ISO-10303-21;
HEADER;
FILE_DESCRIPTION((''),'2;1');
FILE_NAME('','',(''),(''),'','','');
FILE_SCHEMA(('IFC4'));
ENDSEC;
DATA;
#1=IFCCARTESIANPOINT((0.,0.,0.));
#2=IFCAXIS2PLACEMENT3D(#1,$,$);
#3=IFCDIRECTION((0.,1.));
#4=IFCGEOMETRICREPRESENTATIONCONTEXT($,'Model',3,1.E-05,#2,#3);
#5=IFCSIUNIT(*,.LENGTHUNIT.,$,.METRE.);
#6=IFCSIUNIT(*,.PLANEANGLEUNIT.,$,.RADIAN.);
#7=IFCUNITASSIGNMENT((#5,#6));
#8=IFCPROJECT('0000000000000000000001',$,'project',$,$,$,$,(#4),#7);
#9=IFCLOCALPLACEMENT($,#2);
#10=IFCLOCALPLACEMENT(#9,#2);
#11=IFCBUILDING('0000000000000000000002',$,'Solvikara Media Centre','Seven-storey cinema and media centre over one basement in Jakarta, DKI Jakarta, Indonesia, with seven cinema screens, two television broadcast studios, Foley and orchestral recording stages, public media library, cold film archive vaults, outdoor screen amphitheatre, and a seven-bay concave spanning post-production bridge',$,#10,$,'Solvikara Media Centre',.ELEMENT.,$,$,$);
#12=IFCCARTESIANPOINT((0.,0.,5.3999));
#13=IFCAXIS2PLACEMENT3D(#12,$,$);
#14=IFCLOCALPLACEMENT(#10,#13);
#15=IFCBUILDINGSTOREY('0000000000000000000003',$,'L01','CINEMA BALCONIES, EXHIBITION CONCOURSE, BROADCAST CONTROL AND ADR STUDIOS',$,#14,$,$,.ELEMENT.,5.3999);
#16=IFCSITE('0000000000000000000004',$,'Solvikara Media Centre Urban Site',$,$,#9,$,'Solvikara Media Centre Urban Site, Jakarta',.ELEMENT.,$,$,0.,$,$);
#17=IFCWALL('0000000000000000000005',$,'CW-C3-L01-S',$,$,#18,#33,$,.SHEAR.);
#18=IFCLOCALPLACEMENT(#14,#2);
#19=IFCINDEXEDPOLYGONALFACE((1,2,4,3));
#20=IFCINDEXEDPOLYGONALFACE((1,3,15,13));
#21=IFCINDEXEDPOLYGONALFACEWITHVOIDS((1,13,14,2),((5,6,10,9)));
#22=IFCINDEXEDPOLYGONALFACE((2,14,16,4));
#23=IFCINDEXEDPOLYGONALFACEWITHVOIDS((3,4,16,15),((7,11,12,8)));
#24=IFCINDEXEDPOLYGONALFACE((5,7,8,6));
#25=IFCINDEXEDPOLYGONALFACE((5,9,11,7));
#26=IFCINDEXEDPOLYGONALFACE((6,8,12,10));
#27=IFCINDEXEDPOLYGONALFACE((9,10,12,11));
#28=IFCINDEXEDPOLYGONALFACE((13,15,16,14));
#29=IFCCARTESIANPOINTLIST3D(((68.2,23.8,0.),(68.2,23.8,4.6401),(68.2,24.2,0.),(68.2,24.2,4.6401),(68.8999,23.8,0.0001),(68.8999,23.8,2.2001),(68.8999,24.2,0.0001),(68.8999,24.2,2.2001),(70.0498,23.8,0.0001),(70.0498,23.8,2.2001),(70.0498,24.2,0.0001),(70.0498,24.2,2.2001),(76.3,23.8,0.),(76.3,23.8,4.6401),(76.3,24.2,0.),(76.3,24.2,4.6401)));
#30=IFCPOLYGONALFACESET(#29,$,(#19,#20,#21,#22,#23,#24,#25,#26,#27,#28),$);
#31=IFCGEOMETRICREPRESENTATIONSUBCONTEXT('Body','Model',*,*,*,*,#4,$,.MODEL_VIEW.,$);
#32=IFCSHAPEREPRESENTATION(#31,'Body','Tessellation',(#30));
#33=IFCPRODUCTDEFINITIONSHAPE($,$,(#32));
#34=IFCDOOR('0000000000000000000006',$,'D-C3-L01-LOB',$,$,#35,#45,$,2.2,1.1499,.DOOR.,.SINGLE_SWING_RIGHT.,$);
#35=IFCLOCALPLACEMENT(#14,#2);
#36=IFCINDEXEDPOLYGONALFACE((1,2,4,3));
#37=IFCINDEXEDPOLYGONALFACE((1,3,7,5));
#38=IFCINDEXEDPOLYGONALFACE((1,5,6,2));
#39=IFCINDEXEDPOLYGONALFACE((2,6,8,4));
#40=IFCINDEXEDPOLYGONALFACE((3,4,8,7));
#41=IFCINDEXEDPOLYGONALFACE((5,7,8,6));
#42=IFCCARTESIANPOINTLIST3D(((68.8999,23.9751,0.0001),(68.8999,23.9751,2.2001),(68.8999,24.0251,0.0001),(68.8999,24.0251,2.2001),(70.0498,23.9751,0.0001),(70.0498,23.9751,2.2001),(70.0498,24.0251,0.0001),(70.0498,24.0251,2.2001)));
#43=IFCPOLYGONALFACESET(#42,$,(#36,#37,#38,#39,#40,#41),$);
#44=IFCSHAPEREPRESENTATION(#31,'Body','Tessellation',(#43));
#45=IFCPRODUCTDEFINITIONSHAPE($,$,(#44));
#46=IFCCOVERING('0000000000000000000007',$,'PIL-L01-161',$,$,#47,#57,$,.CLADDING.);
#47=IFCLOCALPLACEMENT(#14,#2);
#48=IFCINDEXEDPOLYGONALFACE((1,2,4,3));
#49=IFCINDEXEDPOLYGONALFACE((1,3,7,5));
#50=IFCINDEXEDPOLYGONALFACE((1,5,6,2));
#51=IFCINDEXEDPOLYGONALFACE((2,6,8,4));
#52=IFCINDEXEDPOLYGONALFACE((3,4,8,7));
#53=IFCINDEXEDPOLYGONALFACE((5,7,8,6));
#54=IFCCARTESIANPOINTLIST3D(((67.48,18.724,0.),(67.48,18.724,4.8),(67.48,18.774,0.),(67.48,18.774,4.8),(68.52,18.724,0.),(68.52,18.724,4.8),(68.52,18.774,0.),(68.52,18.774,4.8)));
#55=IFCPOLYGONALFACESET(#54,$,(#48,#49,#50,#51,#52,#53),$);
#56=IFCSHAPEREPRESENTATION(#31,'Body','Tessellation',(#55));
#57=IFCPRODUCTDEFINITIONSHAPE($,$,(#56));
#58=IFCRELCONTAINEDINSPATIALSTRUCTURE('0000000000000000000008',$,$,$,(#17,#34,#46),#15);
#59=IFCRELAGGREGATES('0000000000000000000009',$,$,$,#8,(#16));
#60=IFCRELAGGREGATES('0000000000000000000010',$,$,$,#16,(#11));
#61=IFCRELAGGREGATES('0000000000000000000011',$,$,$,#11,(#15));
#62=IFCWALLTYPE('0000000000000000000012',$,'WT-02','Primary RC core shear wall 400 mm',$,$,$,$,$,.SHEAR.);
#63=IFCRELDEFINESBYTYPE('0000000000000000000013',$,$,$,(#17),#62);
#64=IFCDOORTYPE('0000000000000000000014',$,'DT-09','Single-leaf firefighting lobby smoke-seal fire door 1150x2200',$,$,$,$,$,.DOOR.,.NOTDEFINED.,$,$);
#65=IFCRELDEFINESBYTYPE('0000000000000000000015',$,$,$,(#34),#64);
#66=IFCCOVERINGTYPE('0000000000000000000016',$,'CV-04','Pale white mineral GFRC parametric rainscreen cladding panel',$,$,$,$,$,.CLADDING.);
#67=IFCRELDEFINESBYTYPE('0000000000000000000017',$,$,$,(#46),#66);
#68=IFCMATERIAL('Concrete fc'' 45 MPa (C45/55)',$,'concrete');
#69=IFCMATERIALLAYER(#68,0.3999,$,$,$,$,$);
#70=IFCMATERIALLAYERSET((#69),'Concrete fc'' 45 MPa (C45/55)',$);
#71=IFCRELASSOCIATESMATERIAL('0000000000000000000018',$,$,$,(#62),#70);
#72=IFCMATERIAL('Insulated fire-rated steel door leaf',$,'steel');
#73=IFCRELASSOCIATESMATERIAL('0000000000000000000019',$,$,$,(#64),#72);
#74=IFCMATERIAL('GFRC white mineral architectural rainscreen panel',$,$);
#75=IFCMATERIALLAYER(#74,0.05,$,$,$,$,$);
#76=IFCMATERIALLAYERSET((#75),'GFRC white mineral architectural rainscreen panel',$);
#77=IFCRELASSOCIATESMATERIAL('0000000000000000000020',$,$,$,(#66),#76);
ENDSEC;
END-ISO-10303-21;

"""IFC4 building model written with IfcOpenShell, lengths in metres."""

from ifc_helpers import new_model, si_unit, direction, frame, frame_2d, origin, origin_2d, place, context, subcontext, project, spatial, rectangle, extrude, material, layer, layer_set, type_object, element, fill, save


model = new_model("IFC4")

# Units and contexts
model_context = context("Model", 3, precision=1e-05, world=origin(), true_north=direction((0.0, 1.0)))
body_context = subcontext(model_context, "Body", "Model", "MODEL_VIEW")
ifc_project = project(units=[si_unit("LENGTHUNIT", "METRE"), si_unit("PLANEANGLEUNIT", "RADIAN")], contexts=[model_context])

# Site, building, storey
site_placement = place(None, origin())
site = spatial("IfcSite", under=ifc_project, at=site_placement, Name="Solvikara Media Centre Urban Site", LongName="Solvikara Media Centre Urban Site, Jakarta", CompositionType="ELEMENT", RefElevation=0.0)
building_placement = place(site_placement, origin())
building = spatial("IfcBuilding", under=site, at=building_placement, Name="Solvikara Media Centre", Description="Seven-storey cinema and media centre over one basement in Jakarta, DKI Jakarta, Indonesia, with seven cinema screens, two television broadcast studios, Foley and orchestral recording stages, public media library, cold film archive vaults, outdoor screen amphitheatre, and a seven-bay concave spanning post-production bridge", LongName="Solvikara Media Centre", CompositionType="ELEMENT")
storey_placement = place(building_placement, frame((0.0, 0.0, 5.3999)))
storey = spatial("IfcBuildingStorey", under=building, at=storey_placement, Name="L01", Description="CINEMA BALCONIES, EXHIBITION CONCOURSE, BROADCAST CONTROL AND ADR STUDIOS", CompositionType="ELEMENT", Elevation=5.3999)

# Shared definitions
ifc_material_1 = material(Name="Concrete fc' 45 MPa (C45/55)", Category="concrete")

# Shared definitions
ifc_layer_1 = layer(ifc_material_1, 0.3999)
ifc_layer_set_1 = layer_set([ifc_layer_1], Name="Concrete fc' 45 MPa (C45/55)")
wall_type = type_object("IfcWallType", Name="WT-02", Description="Primary RC core shear wall 400 mm", PredefinedType="SHEAR", material=ifc_layer_set_1)

# Wall, opening, door
wall_1_placement = place(storey_placement, frame((68.2, 24.0, 0.0), z_axis=(0.0, 0.0, 1.0), x_axis=(1.0, 0.0, 0.0)))
wall_1 = element("IfcWall", 1, at=wall_1_placement, inside=storey, type_object=wall_type, Name="CW-C3-L01-S", PredefinedType="SHEAR", context=body_context, shape_type="SweptSolid", body=[
    extrude(rectangle(XDim=8.1001, YDim=0.3999, at=frame_2d((4.05, 0.0))), origin(), (0.0, 0.0, 1.0), 4.6401),
])
opening_placement = place(wall_1_placement, frame((0.7, 0.0, 0.0)))
opening = element("IfcOpeningElement", 2, at=opening_placement, cuts=wall_1, PredefinedType="OPENING", context=body_context, shape_type="SweptSolid", body=[
    extrude(rectangle(XDim=1.1499, YDim=2.2, at=frame_2d((0.575, 1.1001))), frame((0.0, 0.2119, 0.0), z_axis=(0.0, -1.0, 0.0), x_axis=(1.0, 0.0, 0.0)), (0.0, 0.0, 1.0), 0.4238),
])
ifc_material_2 = material(Name="Insulated fire-rated steel door leaf", Category="steel")
door_type = type_object("IfcDoorType", Name="DT-09", Description="Single-leaf firefighting lobby smoke-seal fire door 1150x2200", OperationType="NOTDEFINED", PredefinedType="DOOR", material=ifc_material_2)
door_placement = place(opening_placement, frame((1.1499, 0.0, 0.0), z_axis=(0.0, 0.0, 1.0), x_axis=(-1.0, 0.0, 0.0)))
door = element("IfcDoor", 3, at=door_placement, inside=storey, type_object=door_type, Name="D-C3-L01-LOB", OperationType="SINGLE_SWING_RIGHT", OverallHeight=2.2, OverallWidth=1.1499, PredefinedType="DOOR", context=body_context, shape_type="SweptSolid", body=[
    extrude(rectangle(XDim=1.1499, YDim=2.2, at=frame_2d((0.575, 1.1001))), frame((0.0, 0.0249, 0.0), z_axis=(0.0, -1.0, 0.0), x_axis=(1.0, 0.0, 0.0)), (0.0, 0.0, 1.0), 0.05),
])
fill(opening, door)

# Covering
ifc_material_3 = material(Name="GFRC white mineral architectural rainscreen panel")
ifc_layer_2 = layer(ifc_material_3, 0.05)
ifc_layer_set_2 = layer_set([ifc_layer_2], Name="GFRC white mineral architectural rainscreen panel")
covering_type = type_object("IfcCoveringType", Name="CV-04", Description="Pale white mineral GFRC parametric rainscreen cladding panel", PredefinedType="CLADDING", material=ifc_layer_set_2)
covering_placement = place(storey_placement, frame((68.0, 18.749, 0.0), z_axis=(0.0, 0.0, 1.0), x_axis=(1.0, 0.0, 0.0)))
element("IfcCovering", 4, at=covering_placement, inside=storey, type_object=covering_type, Name="PIL-L01-161", PredefinedType="CLADDING", context=body_context, shape_type="SweptSolid", body=[
    extrude(rectangle(XDim=1.04, YDim=0.05, at=origin_2d()), origin(), (0.0, 0.0, 1.0), 4.8),
])

save(model, "model.ifc")
